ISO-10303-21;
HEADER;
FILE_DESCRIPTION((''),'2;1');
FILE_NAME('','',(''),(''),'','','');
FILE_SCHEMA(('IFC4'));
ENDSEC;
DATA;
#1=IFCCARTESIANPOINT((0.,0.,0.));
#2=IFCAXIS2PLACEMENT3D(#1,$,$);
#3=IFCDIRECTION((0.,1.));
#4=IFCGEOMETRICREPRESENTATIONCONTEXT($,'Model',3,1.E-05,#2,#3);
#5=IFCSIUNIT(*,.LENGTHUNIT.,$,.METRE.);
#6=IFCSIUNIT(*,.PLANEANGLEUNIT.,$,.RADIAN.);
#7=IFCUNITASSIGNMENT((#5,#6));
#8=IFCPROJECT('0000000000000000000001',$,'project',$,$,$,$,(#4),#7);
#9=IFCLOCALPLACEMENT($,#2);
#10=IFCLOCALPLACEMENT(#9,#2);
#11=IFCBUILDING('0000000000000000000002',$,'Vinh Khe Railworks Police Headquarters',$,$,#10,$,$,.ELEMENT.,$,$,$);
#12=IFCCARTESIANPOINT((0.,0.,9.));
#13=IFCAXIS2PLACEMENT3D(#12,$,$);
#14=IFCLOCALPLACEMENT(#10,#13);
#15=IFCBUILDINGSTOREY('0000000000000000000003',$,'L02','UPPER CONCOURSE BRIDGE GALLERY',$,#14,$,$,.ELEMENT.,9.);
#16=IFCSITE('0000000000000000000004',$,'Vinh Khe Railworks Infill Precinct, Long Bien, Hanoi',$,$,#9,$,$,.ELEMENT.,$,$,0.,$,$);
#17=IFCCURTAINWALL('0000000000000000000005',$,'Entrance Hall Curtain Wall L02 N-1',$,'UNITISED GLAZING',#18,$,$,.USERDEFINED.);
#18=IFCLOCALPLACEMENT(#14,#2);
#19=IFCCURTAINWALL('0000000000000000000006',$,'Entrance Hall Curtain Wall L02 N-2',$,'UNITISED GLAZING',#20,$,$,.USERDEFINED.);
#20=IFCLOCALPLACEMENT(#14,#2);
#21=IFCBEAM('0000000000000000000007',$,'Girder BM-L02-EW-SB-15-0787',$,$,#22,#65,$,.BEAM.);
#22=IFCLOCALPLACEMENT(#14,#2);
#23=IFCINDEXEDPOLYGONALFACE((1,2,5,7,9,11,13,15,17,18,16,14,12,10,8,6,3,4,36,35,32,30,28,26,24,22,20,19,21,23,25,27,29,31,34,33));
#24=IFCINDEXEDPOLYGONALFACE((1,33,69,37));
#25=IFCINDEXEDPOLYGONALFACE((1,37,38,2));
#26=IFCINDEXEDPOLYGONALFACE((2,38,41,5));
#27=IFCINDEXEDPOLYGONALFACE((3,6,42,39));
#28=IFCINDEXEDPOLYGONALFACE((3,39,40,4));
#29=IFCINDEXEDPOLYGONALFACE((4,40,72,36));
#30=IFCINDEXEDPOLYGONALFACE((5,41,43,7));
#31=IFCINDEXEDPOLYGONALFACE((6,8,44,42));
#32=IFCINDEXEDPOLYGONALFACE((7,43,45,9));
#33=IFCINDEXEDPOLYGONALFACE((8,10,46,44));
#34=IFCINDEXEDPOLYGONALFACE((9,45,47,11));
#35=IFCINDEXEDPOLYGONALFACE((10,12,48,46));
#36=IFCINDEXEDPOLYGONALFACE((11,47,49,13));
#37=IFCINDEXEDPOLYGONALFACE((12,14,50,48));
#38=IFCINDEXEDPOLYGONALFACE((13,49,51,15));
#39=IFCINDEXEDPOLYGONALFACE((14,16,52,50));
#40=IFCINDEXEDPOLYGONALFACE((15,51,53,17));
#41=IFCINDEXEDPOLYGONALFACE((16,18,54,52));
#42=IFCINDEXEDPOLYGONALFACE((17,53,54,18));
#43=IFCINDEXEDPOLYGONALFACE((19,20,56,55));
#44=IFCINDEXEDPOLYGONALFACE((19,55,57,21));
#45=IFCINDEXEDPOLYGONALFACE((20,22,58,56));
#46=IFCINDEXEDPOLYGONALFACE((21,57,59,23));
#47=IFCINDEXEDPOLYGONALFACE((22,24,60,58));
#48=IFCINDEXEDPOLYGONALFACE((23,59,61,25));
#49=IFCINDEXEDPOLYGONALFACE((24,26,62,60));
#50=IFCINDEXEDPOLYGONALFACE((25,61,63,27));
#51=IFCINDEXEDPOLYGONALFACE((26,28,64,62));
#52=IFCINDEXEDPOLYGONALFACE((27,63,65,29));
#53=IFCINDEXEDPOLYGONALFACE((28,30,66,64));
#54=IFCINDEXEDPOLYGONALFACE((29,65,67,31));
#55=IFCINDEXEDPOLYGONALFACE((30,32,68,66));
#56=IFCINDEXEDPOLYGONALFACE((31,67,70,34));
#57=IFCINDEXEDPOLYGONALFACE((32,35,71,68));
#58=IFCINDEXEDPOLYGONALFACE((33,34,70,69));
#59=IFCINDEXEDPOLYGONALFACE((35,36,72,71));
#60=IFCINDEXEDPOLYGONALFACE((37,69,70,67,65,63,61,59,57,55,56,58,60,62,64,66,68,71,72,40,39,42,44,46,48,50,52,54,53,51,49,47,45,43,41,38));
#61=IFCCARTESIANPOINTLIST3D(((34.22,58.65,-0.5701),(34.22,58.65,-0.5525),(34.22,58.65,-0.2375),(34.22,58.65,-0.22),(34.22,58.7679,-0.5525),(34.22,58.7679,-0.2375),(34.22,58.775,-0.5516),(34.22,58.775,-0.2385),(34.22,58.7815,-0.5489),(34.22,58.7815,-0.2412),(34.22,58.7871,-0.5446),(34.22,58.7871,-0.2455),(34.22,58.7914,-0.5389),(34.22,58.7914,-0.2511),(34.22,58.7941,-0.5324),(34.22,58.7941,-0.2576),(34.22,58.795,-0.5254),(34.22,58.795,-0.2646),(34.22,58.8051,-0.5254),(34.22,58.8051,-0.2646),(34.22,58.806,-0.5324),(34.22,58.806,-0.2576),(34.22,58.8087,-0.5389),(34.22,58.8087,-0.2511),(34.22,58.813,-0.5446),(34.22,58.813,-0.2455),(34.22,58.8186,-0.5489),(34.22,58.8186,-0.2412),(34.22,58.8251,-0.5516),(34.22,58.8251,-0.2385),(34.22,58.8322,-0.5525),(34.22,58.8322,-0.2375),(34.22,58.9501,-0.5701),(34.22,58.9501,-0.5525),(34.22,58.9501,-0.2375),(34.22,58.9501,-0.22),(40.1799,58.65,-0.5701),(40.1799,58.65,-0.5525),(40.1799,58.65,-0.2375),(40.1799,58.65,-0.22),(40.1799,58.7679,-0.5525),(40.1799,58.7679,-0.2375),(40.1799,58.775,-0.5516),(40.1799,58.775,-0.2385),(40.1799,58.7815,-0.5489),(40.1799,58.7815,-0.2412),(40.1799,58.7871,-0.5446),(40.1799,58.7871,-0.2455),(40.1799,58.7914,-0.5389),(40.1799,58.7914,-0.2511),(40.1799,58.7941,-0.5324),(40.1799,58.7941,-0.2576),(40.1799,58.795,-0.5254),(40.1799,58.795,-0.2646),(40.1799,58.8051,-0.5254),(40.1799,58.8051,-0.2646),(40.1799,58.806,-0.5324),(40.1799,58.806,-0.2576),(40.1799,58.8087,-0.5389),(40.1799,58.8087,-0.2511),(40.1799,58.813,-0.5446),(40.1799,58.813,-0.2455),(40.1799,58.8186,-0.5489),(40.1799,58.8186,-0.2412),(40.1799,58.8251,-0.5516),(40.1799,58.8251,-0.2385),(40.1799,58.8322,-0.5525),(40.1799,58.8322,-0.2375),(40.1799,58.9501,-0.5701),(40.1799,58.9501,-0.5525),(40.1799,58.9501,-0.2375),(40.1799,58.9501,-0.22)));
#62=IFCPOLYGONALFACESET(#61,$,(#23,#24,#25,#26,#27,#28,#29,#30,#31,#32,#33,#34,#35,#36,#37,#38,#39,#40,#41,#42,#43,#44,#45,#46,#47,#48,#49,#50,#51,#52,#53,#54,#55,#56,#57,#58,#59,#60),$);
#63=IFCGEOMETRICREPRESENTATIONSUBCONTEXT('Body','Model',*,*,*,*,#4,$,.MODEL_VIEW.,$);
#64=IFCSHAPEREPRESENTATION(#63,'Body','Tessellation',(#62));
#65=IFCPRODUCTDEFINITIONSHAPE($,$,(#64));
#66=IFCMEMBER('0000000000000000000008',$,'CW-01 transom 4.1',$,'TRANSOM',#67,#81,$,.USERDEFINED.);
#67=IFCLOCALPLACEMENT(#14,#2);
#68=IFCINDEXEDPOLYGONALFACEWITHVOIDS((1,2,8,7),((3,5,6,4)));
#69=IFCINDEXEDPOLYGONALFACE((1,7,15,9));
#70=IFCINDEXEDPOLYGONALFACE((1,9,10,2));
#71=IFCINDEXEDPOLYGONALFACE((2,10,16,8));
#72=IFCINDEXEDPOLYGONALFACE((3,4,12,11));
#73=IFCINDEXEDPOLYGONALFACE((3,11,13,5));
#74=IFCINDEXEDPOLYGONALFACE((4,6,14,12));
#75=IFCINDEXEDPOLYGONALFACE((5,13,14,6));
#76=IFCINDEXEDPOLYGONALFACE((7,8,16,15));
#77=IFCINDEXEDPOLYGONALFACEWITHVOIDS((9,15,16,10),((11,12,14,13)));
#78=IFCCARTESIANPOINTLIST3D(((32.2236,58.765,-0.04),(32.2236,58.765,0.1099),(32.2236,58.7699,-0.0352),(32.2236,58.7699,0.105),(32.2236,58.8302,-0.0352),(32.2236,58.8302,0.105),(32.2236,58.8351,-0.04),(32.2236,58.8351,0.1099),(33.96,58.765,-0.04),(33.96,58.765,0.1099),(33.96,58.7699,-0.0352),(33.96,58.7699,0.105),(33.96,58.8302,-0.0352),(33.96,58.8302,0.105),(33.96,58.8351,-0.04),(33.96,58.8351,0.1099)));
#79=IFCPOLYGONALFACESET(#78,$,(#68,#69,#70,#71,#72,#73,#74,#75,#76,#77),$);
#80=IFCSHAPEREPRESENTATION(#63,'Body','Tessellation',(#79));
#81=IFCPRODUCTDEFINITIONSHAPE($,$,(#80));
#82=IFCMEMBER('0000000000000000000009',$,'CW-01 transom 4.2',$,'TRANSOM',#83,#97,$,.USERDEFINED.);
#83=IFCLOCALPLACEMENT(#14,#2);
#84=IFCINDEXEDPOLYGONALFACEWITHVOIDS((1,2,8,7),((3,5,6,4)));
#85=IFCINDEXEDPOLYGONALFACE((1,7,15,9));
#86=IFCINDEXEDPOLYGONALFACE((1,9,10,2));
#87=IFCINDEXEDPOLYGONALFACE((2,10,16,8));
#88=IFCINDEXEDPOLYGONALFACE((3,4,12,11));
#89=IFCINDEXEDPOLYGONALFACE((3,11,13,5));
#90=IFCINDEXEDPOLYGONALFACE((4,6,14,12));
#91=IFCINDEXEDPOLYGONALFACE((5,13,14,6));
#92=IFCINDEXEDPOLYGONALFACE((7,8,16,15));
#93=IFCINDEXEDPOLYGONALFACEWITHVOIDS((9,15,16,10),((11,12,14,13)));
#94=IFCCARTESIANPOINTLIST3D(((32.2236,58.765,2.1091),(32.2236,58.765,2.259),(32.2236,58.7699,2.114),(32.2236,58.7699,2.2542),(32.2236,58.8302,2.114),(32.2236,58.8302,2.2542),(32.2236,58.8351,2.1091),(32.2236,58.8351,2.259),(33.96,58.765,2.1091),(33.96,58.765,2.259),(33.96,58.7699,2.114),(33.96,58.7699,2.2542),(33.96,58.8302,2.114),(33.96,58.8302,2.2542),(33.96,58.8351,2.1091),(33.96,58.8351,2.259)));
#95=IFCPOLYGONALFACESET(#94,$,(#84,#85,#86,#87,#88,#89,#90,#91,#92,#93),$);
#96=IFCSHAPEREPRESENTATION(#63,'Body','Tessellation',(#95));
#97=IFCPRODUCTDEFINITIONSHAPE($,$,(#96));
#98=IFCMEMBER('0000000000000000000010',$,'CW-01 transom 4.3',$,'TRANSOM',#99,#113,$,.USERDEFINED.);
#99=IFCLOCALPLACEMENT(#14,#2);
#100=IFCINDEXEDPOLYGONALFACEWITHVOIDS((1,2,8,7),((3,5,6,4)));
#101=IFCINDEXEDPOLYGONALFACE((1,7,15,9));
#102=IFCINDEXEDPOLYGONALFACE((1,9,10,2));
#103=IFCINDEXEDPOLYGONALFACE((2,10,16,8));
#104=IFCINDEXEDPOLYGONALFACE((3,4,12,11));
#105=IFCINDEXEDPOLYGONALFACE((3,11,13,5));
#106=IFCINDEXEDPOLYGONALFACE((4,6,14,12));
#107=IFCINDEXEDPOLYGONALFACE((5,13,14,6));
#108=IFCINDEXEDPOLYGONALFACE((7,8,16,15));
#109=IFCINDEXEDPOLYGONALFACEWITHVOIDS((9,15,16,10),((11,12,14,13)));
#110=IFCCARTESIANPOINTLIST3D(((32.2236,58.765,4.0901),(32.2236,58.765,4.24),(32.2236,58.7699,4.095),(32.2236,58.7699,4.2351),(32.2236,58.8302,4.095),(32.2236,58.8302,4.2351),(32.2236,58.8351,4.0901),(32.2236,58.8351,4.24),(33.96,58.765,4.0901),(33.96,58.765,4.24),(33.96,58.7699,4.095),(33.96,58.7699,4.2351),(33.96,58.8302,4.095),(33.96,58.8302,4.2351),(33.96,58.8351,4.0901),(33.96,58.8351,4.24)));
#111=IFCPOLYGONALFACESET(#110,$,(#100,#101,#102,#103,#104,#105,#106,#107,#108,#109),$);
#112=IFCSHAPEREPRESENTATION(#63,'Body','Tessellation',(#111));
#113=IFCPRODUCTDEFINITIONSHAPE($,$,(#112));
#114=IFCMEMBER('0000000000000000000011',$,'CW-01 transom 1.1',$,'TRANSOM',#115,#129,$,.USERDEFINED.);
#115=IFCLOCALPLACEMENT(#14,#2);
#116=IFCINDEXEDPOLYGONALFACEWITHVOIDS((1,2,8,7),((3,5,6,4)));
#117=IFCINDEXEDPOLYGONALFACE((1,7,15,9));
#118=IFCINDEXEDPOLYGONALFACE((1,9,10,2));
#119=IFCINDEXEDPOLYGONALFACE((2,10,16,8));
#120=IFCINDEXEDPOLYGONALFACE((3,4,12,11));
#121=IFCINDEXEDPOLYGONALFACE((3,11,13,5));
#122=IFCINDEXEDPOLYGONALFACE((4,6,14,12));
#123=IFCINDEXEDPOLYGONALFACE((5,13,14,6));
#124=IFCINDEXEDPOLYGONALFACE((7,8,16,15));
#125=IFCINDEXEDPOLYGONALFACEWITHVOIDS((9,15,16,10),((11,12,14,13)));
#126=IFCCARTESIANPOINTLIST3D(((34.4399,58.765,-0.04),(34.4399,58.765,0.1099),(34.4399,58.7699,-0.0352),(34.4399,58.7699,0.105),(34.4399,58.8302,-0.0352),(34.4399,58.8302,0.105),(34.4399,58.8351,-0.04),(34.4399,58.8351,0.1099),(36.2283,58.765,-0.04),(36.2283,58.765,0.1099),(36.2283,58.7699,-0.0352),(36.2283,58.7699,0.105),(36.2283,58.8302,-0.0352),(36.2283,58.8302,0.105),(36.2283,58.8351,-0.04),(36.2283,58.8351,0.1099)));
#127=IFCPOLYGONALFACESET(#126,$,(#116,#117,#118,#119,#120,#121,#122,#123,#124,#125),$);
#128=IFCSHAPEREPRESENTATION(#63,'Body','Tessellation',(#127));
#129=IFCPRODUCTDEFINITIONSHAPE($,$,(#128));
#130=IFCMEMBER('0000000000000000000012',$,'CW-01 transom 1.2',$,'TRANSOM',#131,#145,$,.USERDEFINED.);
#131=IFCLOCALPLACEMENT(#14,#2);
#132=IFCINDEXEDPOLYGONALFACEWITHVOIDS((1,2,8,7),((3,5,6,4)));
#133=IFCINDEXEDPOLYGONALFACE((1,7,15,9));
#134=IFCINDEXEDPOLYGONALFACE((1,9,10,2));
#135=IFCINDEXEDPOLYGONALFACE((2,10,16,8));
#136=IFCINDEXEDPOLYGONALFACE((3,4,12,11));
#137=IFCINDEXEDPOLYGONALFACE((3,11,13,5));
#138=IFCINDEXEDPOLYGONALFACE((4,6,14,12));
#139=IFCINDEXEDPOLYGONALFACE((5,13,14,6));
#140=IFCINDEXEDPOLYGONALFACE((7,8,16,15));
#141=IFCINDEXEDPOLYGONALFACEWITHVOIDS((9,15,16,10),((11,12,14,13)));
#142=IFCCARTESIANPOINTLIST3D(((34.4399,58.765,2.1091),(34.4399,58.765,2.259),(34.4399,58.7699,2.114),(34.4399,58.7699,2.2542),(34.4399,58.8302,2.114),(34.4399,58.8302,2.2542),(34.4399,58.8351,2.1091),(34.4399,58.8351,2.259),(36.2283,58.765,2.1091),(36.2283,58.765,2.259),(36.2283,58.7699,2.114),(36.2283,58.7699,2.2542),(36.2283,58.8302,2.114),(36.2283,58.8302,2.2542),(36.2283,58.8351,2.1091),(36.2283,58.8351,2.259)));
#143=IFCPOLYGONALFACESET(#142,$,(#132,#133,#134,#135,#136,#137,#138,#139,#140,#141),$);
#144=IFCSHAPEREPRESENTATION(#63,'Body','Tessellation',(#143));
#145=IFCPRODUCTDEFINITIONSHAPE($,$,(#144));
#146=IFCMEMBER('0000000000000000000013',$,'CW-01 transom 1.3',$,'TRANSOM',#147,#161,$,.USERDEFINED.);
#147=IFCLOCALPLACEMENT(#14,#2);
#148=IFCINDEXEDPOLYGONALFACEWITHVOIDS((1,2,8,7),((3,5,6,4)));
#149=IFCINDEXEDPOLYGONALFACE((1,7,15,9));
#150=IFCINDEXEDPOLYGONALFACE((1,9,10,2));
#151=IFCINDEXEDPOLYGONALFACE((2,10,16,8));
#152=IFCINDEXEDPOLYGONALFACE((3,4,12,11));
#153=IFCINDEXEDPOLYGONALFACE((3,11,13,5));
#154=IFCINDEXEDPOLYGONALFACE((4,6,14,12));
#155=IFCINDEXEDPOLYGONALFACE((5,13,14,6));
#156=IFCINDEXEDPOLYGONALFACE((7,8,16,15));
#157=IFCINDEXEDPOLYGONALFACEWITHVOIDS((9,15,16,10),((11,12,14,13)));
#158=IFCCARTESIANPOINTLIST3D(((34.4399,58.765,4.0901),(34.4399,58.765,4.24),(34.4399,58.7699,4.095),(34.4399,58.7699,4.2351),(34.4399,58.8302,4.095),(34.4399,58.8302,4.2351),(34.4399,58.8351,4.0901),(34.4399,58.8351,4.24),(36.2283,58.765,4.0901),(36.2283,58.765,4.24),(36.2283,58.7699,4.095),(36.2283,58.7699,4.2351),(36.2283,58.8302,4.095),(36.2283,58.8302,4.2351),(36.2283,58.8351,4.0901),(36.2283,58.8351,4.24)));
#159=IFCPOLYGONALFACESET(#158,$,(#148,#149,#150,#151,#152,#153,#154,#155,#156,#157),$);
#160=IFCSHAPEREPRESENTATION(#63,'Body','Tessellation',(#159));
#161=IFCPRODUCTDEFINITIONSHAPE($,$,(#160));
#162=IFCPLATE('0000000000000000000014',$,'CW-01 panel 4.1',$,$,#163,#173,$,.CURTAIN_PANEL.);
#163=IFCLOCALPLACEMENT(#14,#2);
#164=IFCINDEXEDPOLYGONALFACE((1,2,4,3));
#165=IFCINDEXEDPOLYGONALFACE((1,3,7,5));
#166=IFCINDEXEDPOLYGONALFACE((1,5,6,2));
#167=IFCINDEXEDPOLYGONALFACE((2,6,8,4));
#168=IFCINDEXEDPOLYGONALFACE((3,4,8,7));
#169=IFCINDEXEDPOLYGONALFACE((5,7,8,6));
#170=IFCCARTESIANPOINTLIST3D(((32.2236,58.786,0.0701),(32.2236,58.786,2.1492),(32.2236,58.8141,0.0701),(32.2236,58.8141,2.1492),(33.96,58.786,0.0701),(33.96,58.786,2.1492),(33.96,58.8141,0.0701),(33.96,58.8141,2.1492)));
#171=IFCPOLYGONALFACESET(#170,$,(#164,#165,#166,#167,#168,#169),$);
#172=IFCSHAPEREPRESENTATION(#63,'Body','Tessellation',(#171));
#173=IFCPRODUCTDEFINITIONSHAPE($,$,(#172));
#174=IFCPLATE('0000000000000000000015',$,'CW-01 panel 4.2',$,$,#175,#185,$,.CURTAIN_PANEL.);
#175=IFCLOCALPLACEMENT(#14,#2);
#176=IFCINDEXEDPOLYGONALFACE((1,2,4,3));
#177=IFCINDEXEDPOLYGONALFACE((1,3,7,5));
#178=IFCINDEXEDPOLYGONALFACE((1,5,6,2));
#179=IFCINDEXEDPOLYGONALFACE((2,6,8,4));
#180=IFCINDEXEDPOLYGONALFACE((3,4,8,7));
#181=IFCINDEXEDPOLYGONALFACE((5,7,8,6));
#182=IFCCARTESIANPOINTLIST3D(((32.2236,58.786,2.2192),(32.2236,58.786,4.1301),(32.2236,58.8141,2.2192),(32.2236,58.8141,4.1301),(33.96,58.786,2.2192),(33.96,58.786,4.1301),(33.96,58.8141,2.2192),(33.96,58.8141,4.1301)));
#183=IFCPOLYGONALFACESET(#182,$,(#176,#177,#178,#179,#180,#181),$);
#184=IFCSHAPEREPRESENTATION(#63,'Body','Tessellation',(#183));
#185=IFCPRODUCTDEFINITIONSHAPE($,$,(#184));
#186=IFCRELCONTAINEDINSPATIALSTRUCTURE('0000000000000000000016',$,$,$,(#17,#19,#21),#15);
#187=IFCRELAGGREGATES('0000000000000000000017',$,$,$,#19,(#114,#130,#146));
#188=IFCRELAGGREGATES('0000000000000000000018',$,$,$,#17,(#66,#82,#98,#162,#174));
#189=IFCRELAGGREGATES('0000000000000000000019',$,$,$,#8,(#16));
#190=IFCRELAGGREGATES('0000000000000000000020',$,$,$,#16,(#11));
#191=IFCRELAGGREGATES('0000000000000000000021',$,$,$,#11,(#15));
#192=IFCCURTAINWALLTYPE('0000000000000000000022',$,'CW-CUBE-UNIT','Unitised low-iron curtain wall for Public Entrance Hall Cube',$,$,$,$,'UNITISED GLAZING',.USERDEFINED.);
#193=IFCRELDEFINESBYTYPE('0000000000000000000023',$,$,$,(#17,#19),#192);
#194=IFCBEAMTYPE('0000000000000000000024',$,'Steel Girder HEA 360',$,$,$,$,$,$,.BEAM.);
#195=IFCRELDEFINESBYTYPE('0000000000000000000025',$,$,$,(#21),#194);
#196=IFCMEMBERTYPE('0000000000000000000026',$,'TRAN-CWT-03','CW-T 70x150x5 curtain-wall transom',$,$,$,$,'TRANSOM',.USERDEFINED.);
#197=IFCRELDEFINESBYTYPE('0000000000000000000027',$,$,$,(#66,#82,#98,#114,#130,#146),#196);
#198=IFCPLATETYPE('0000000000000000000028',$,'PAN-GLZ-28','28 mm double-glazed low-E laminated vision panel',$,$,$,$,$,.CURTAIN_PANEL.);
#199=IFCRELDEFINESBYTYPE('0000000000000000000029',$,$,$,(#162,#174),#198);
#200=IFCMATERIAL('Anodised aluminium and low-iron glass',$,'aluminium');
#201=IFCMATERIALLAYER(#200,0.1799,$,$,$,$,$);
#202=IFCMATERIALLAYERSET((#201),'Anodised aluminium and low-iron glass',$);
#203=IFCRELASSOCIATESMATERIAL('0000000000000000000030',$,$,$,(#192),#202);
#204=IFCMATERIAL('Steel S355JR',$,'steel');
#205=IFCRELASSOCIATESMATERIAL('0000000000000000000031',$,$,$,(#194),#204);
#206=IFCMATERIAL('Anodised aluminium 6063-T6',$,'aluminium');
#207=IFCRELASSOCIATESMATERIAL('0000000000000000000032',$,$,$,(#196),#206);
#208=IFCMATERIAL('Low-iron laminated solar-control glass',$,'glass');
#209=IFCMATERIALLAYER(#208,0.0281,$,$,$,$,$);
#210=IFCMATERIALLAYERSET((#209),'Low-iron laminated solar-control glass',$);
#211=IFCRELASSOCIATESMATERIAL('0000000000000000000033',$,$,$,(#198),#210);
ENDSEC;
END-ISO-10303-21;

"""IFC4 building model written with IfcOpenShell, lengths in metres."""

from ifc_helpers import new_model, si_unit, direction, frame, origin, origin_2d, place, context, subcontext, project, spatial, rectangle, hollow_rectangle, i_section, extrude, material, layer, layer_set, material_profile, profile_set, type_object, element, aggregate, save


model = new_model("IFC4")

# Units and contexts
model_context = context("Model", 3, precision=1e-05, world=origin(), true_north=direction((0.0, 1.0)))
body_context = subcontext(model_context, "Body", "Model", "MODEL_VIEW")
ifc_project = project(units=[si_unit("LENGTHUNIT", "METRE"), si_unit("PLANEANGLEUNIT", "RADIAN")], contexts=[model_context])

# Site, building, storey
site_placement = place(None, origin())
site = spatial("IfcSite", under=ifc_project, at=site_placement, Name="Vinh Khe Railworks Infill Precinct, Long Bien, Hanoi", CompositionType="ELEMENT", RefElevation=0.0)
building_placement = place(site_placement, origin())
building = spatial("IfcBuilding", under=site, at=building_placement, Name="Vinh Khe Railworks Police Headquarters", CompositionType="ELEMENT")
storey_placement = place(building_placement, frame((0.0, 0.0, 9.0)))
storey = spatial("IfcBuildingStorey", under=building, at=storey_placement, Name="L02", Description="UPPER CONCOURSE BRIDGE GALLERY", CompositionType="ELEMENT", Elevation=9.0)

# Shared definitions
ifc_material_1 = material(Name="Steel S355JR", Category="steel")

# Curtain wall
ifc_material_2 = material(Name="Anodised aluminium and low-iron glass", Category="aluminium")
ifc_layer_1 = layer(ifc_material_2, 0.1799)
ifc_layer_set_1 = layer_set([ifc_layer_1], Name="Anodised aluminium and low-iron glass")
curtain_wall_type = type_object("IfcCurtainWallType", Name="CW-CUBE-UNIT", Description="Unitised low-iron curtain wall for Public Entrance Hall Cube", ElementType="UNITISED GLAZING", PredefinedType="USERDEFINED", material=ifc_layer_set_1)
curtain_wall_1_placement = place(storey_placement, origin())
curtain_wall_1 = element("IfcCurtainWall", 1, at=curtain_wall_1_placement, inside=storey, type_object=curtain_wall_type, Name="Entrance Hall Curtain Wall L02 N-1", ObjectType="UNITISED GLAZING", PredefinedType="USERDEFINED")
ifc_material_3 = material(Name="Anodised aluminium 6063-T6", Category="aluminium")

# Curtain wall
curtain_wall_2_placement = place(storey_placement, origin())
curtain_wall_2 = element("IfcCurtainWall", 2, at=curtain_wall_2_placement, inside=storey, type_object=curtain_wall_type, Name="Entrance Hall Curtain Wall L02 N-2", ObjectType="UNITISED GLAZING", PredefinedType="USERDEFINED")

# Beam
ifc_material_profile_1 = material_profile(ifc_material_1, i_section(OverallWidth=0.3, OverallDepth=0.3501, WebThickness=0.01, FlangeThickness=0.0176, FilletRadius=0.0271, at=origin_2d()), Name="HEA 360")
ifc_profile_set_1 = profile_set([ifc_material_profile_1], Name="Steel S355JR")
beam_type = type_object("IfcBeamType", Name="Steel Girder HEA 360", PredefinedType="BEAM", material=ifc_profile_set_1)
beam_placement = place(storey_placement, frame((34.22, 58.8, -0.395), z_axis=(1.0, 0.0, 0.0), x_axis=(0.0, 1.0, 0.0)))
element("IfcBeam", 3, at=beam_placement, inside=storey, type_object=beam_type, Name="Girder BM-L02-EW-SB-15-0787", PredefinedType="BEAM", context=body_context, shape_type="SweptSolid", body=[
    extrude(i_section(OverallWidth=0.3, OverallDepth=0.3501, WebThickness=0.01, FlangeThickness=0.0176, FilletRadius=0.0271, at=origin_2d()), origin(), (0.0, 0.0, 1.0), 5.96),
])

# Members
ifc_material_profile_2 = material_profile(ifc_material_3, hollow_rectangle(XDim=0.0701, YDim=0.1499, WallThickness=0.0049, at=origin_2d()), Name="CW-T 70x150x5")
ifc_profile_set_2 = profile_set([ifc_material_profile_2], Name="Anodised aluminium 6063-T6")
member_type_1 = type_object("IfcMemberType", Name="TRAN-CWT-03", Description="CW-T 70x150x5 curtain-wall transom", ElementType="TRANSOM", PredefinedType="USERDEFINED", material=ifc_profile_set_2)
member_1_placement = place(storey_placement, frame((32.2236, 58.8, 0.0349), z_axis=(1.0, 0.0, 0.0), x_axis=(0.0, 1.0, 0.0)))
member_1 = element("IfcMember", 4, at=member_1_placement, type_object=member_type_1, Name="CW-01 transom 4.1", ObjectType="TRANSOM", PredefinedType="USERDEFINED", context=body_context, shape_type="SweptSolid", body=[
    extrude(hollow_rectangle(XDim=0.0701, YDim=0.1499, WallThickness=0.0049, at=origin_2d()), origin(), (0.0, 0.0, 1.0), 1.7363),
])
member_2_placement = place(storey_placement, frame((32.2236, 58.8, 2.1841), z_axis=(1.0, 0.0, 0.0), x_axis=(0.0, 1.0, 0.0)))
member_2 = element("IfcMember", 5, at=member_2_placement, type_object=member_type_1, Name="CW-01 transom 4.2", ObjectType="TRANSOM", PredefinedType="USERDEFINED", context=body_context, shape_type="SweptSolid", body=[
    extrude(hollow_rectangle(XDim=0.0701, YDim=0.1499, WallThickness=0.0049, at=origin_2d()), origin(), (0.0, 0.0, 1.0), 1.7363),
])
member_3_placement = place(storey_placement, frame((32.2236, 58.8, 4.165), z_axis=(1.0, 0.0, 0.0), x_axis=(0.0, 1.0, 0.0)))
member_3 = element("IfcMember", 6, at=member_3_placement, type_object=member_type_1, Name="CW-01 transom 4.3", ObjectType="TRANSOM", PredefinedType="USERDEFINED", context=body_context, shape_type="SweptSolid", body=[
    extrude(hollow_rectangle(XDim=0.0701, YDim=0.1499, WallThickness=0.0049, at=origin_2d()), origin(), (0.0, 0.0, 1.0), 1.7363),
])
member_4_placement = place(storey_placement, frame((34.4399, 58.8, 0.0349), z_axis=(1.0, 0.0, 0.0), x_axis=(0.0, 1.0, 0.0)))
member_4 = element("IfcMember", 7, at=member_4_placement, type_object=member_type_1, Name="CW-01 transom 1.1", ObjectType="TRANSOM", PredefinedType="USERDEFINED", context=body_context, shape_type="SweptSolid", body=[
    extrude(hollow_rectangle(XDim=0.0701, YDim=0.1499, WallThickness=0.0049, at=origin_2d()), origin(), (0.0, 0.0, 1.0), 1.7883),
])
member_5_placement = place(storey_placement, frame((34.4399, 58.8, 2.1841), z_axis=(1.0, 0.0, 0.0), x_axis=(0.0, 1.0, 0.0)))
member_5 = element("IfcMember", 8, at=member_5_placement, type_object=member_type_1, Name="CW-01 transom 1.2", ObjectType="TRANSOM", PredefinedType="USERDEFINED", context=body_context, shape_type="SweptSolid", body=[
    extrude(hollow_rectangle(XDim=0.0701, YDim=0.1499, WallThickness=0.0049, at=origin_2d()), origin(), (0.0, 0.0, 1.0), 1.7883),
])
member_6_placement = place(storey_placement, frame((34.4399, 58.8, 4.165), z_axis=(1.0, 0.0, 0.0), x_axis=(0.0, 1.0, 0.0)))
member_6 = element("IfcMember", 9, at=member_6_placement, type_object=member_type_1, Name="CW-01 transom 1.3", ObjectType="TRANSOM", PredefinedType="USERDEFINED", context=body_context, shape_type="SweptSolid", body=[
    extrude(hollow_rectangle(XDim=0.0701, YDim=0.1499, WallThickness=0.0049, at=origin_2d()), origin(), (0.0, 0.0, 1.0), 1.7883),
])
aggregate(curtain_wall_2, [member_4, member_5, member_6])

# Plates
ifc_material_4 = material(Name="Low-iron laminated solar-control glass", Category="glass")
ifc_layer_2 = layer(ifc_material_4, 0.0281)
ifc_layer_set_2 = layer_set([ifc_layer_2], Name="Low-iron laminated solar-control glass")
plate_type_1 = type_object("IfcPlateType", Name="PAN-GLZ-28", Description="28 mm double-glazed low-E laminated vision panel", PredefinedType="CURTAIN_PANEL", material=ifc_layer_set_2)
plate_1_placement = place(storey_placement, frame((33.0918, 58.8, 0.0701), z_axis=(0.0, 0.0, 1.0), x_axis=(1.0, 0.0, 0.0)))
plate_1 = element("IfcPlate", 10, at=plate_1_placement, type_object=plate_type_1, Name="CW-01 panel 4.1", PredefinedType="CURTAIN_PANEL", context=body_context, shape_type="SweptSolid", body=[
    extrude(rectangle(XDim=1.7363, YDim=0.0281, at=origin_2d()), origin(), (0.0, 0.0, 1.0), 2.0791),
])
plate_2_placement = place(storey_placement, frame((33.0918, 58.8, 2.2192), z_axis=(0.0, 0.0, 1.0), x_axis=(1.0, 0.0, 0.0)))
plate_2 = element("IfcPlate", 11, at=plate_2_placement, type_object=plate_type_1, Name="CW-01 panel 4.2", PredefinedType="CURTAIN_PANEL", context=body_context, shape_type="SweptSolid", body=[
    extrude(rectangle(XDim=1.7363, YDim=0.0281, at=origin_2d()), origin(), (0.0, 0.0, 1.0), 1.9109),
])
aggregate(curtain_wall_1, [member_1, member_2, member_3, plate_1, plate_2])

save(model, "model.ifc")
